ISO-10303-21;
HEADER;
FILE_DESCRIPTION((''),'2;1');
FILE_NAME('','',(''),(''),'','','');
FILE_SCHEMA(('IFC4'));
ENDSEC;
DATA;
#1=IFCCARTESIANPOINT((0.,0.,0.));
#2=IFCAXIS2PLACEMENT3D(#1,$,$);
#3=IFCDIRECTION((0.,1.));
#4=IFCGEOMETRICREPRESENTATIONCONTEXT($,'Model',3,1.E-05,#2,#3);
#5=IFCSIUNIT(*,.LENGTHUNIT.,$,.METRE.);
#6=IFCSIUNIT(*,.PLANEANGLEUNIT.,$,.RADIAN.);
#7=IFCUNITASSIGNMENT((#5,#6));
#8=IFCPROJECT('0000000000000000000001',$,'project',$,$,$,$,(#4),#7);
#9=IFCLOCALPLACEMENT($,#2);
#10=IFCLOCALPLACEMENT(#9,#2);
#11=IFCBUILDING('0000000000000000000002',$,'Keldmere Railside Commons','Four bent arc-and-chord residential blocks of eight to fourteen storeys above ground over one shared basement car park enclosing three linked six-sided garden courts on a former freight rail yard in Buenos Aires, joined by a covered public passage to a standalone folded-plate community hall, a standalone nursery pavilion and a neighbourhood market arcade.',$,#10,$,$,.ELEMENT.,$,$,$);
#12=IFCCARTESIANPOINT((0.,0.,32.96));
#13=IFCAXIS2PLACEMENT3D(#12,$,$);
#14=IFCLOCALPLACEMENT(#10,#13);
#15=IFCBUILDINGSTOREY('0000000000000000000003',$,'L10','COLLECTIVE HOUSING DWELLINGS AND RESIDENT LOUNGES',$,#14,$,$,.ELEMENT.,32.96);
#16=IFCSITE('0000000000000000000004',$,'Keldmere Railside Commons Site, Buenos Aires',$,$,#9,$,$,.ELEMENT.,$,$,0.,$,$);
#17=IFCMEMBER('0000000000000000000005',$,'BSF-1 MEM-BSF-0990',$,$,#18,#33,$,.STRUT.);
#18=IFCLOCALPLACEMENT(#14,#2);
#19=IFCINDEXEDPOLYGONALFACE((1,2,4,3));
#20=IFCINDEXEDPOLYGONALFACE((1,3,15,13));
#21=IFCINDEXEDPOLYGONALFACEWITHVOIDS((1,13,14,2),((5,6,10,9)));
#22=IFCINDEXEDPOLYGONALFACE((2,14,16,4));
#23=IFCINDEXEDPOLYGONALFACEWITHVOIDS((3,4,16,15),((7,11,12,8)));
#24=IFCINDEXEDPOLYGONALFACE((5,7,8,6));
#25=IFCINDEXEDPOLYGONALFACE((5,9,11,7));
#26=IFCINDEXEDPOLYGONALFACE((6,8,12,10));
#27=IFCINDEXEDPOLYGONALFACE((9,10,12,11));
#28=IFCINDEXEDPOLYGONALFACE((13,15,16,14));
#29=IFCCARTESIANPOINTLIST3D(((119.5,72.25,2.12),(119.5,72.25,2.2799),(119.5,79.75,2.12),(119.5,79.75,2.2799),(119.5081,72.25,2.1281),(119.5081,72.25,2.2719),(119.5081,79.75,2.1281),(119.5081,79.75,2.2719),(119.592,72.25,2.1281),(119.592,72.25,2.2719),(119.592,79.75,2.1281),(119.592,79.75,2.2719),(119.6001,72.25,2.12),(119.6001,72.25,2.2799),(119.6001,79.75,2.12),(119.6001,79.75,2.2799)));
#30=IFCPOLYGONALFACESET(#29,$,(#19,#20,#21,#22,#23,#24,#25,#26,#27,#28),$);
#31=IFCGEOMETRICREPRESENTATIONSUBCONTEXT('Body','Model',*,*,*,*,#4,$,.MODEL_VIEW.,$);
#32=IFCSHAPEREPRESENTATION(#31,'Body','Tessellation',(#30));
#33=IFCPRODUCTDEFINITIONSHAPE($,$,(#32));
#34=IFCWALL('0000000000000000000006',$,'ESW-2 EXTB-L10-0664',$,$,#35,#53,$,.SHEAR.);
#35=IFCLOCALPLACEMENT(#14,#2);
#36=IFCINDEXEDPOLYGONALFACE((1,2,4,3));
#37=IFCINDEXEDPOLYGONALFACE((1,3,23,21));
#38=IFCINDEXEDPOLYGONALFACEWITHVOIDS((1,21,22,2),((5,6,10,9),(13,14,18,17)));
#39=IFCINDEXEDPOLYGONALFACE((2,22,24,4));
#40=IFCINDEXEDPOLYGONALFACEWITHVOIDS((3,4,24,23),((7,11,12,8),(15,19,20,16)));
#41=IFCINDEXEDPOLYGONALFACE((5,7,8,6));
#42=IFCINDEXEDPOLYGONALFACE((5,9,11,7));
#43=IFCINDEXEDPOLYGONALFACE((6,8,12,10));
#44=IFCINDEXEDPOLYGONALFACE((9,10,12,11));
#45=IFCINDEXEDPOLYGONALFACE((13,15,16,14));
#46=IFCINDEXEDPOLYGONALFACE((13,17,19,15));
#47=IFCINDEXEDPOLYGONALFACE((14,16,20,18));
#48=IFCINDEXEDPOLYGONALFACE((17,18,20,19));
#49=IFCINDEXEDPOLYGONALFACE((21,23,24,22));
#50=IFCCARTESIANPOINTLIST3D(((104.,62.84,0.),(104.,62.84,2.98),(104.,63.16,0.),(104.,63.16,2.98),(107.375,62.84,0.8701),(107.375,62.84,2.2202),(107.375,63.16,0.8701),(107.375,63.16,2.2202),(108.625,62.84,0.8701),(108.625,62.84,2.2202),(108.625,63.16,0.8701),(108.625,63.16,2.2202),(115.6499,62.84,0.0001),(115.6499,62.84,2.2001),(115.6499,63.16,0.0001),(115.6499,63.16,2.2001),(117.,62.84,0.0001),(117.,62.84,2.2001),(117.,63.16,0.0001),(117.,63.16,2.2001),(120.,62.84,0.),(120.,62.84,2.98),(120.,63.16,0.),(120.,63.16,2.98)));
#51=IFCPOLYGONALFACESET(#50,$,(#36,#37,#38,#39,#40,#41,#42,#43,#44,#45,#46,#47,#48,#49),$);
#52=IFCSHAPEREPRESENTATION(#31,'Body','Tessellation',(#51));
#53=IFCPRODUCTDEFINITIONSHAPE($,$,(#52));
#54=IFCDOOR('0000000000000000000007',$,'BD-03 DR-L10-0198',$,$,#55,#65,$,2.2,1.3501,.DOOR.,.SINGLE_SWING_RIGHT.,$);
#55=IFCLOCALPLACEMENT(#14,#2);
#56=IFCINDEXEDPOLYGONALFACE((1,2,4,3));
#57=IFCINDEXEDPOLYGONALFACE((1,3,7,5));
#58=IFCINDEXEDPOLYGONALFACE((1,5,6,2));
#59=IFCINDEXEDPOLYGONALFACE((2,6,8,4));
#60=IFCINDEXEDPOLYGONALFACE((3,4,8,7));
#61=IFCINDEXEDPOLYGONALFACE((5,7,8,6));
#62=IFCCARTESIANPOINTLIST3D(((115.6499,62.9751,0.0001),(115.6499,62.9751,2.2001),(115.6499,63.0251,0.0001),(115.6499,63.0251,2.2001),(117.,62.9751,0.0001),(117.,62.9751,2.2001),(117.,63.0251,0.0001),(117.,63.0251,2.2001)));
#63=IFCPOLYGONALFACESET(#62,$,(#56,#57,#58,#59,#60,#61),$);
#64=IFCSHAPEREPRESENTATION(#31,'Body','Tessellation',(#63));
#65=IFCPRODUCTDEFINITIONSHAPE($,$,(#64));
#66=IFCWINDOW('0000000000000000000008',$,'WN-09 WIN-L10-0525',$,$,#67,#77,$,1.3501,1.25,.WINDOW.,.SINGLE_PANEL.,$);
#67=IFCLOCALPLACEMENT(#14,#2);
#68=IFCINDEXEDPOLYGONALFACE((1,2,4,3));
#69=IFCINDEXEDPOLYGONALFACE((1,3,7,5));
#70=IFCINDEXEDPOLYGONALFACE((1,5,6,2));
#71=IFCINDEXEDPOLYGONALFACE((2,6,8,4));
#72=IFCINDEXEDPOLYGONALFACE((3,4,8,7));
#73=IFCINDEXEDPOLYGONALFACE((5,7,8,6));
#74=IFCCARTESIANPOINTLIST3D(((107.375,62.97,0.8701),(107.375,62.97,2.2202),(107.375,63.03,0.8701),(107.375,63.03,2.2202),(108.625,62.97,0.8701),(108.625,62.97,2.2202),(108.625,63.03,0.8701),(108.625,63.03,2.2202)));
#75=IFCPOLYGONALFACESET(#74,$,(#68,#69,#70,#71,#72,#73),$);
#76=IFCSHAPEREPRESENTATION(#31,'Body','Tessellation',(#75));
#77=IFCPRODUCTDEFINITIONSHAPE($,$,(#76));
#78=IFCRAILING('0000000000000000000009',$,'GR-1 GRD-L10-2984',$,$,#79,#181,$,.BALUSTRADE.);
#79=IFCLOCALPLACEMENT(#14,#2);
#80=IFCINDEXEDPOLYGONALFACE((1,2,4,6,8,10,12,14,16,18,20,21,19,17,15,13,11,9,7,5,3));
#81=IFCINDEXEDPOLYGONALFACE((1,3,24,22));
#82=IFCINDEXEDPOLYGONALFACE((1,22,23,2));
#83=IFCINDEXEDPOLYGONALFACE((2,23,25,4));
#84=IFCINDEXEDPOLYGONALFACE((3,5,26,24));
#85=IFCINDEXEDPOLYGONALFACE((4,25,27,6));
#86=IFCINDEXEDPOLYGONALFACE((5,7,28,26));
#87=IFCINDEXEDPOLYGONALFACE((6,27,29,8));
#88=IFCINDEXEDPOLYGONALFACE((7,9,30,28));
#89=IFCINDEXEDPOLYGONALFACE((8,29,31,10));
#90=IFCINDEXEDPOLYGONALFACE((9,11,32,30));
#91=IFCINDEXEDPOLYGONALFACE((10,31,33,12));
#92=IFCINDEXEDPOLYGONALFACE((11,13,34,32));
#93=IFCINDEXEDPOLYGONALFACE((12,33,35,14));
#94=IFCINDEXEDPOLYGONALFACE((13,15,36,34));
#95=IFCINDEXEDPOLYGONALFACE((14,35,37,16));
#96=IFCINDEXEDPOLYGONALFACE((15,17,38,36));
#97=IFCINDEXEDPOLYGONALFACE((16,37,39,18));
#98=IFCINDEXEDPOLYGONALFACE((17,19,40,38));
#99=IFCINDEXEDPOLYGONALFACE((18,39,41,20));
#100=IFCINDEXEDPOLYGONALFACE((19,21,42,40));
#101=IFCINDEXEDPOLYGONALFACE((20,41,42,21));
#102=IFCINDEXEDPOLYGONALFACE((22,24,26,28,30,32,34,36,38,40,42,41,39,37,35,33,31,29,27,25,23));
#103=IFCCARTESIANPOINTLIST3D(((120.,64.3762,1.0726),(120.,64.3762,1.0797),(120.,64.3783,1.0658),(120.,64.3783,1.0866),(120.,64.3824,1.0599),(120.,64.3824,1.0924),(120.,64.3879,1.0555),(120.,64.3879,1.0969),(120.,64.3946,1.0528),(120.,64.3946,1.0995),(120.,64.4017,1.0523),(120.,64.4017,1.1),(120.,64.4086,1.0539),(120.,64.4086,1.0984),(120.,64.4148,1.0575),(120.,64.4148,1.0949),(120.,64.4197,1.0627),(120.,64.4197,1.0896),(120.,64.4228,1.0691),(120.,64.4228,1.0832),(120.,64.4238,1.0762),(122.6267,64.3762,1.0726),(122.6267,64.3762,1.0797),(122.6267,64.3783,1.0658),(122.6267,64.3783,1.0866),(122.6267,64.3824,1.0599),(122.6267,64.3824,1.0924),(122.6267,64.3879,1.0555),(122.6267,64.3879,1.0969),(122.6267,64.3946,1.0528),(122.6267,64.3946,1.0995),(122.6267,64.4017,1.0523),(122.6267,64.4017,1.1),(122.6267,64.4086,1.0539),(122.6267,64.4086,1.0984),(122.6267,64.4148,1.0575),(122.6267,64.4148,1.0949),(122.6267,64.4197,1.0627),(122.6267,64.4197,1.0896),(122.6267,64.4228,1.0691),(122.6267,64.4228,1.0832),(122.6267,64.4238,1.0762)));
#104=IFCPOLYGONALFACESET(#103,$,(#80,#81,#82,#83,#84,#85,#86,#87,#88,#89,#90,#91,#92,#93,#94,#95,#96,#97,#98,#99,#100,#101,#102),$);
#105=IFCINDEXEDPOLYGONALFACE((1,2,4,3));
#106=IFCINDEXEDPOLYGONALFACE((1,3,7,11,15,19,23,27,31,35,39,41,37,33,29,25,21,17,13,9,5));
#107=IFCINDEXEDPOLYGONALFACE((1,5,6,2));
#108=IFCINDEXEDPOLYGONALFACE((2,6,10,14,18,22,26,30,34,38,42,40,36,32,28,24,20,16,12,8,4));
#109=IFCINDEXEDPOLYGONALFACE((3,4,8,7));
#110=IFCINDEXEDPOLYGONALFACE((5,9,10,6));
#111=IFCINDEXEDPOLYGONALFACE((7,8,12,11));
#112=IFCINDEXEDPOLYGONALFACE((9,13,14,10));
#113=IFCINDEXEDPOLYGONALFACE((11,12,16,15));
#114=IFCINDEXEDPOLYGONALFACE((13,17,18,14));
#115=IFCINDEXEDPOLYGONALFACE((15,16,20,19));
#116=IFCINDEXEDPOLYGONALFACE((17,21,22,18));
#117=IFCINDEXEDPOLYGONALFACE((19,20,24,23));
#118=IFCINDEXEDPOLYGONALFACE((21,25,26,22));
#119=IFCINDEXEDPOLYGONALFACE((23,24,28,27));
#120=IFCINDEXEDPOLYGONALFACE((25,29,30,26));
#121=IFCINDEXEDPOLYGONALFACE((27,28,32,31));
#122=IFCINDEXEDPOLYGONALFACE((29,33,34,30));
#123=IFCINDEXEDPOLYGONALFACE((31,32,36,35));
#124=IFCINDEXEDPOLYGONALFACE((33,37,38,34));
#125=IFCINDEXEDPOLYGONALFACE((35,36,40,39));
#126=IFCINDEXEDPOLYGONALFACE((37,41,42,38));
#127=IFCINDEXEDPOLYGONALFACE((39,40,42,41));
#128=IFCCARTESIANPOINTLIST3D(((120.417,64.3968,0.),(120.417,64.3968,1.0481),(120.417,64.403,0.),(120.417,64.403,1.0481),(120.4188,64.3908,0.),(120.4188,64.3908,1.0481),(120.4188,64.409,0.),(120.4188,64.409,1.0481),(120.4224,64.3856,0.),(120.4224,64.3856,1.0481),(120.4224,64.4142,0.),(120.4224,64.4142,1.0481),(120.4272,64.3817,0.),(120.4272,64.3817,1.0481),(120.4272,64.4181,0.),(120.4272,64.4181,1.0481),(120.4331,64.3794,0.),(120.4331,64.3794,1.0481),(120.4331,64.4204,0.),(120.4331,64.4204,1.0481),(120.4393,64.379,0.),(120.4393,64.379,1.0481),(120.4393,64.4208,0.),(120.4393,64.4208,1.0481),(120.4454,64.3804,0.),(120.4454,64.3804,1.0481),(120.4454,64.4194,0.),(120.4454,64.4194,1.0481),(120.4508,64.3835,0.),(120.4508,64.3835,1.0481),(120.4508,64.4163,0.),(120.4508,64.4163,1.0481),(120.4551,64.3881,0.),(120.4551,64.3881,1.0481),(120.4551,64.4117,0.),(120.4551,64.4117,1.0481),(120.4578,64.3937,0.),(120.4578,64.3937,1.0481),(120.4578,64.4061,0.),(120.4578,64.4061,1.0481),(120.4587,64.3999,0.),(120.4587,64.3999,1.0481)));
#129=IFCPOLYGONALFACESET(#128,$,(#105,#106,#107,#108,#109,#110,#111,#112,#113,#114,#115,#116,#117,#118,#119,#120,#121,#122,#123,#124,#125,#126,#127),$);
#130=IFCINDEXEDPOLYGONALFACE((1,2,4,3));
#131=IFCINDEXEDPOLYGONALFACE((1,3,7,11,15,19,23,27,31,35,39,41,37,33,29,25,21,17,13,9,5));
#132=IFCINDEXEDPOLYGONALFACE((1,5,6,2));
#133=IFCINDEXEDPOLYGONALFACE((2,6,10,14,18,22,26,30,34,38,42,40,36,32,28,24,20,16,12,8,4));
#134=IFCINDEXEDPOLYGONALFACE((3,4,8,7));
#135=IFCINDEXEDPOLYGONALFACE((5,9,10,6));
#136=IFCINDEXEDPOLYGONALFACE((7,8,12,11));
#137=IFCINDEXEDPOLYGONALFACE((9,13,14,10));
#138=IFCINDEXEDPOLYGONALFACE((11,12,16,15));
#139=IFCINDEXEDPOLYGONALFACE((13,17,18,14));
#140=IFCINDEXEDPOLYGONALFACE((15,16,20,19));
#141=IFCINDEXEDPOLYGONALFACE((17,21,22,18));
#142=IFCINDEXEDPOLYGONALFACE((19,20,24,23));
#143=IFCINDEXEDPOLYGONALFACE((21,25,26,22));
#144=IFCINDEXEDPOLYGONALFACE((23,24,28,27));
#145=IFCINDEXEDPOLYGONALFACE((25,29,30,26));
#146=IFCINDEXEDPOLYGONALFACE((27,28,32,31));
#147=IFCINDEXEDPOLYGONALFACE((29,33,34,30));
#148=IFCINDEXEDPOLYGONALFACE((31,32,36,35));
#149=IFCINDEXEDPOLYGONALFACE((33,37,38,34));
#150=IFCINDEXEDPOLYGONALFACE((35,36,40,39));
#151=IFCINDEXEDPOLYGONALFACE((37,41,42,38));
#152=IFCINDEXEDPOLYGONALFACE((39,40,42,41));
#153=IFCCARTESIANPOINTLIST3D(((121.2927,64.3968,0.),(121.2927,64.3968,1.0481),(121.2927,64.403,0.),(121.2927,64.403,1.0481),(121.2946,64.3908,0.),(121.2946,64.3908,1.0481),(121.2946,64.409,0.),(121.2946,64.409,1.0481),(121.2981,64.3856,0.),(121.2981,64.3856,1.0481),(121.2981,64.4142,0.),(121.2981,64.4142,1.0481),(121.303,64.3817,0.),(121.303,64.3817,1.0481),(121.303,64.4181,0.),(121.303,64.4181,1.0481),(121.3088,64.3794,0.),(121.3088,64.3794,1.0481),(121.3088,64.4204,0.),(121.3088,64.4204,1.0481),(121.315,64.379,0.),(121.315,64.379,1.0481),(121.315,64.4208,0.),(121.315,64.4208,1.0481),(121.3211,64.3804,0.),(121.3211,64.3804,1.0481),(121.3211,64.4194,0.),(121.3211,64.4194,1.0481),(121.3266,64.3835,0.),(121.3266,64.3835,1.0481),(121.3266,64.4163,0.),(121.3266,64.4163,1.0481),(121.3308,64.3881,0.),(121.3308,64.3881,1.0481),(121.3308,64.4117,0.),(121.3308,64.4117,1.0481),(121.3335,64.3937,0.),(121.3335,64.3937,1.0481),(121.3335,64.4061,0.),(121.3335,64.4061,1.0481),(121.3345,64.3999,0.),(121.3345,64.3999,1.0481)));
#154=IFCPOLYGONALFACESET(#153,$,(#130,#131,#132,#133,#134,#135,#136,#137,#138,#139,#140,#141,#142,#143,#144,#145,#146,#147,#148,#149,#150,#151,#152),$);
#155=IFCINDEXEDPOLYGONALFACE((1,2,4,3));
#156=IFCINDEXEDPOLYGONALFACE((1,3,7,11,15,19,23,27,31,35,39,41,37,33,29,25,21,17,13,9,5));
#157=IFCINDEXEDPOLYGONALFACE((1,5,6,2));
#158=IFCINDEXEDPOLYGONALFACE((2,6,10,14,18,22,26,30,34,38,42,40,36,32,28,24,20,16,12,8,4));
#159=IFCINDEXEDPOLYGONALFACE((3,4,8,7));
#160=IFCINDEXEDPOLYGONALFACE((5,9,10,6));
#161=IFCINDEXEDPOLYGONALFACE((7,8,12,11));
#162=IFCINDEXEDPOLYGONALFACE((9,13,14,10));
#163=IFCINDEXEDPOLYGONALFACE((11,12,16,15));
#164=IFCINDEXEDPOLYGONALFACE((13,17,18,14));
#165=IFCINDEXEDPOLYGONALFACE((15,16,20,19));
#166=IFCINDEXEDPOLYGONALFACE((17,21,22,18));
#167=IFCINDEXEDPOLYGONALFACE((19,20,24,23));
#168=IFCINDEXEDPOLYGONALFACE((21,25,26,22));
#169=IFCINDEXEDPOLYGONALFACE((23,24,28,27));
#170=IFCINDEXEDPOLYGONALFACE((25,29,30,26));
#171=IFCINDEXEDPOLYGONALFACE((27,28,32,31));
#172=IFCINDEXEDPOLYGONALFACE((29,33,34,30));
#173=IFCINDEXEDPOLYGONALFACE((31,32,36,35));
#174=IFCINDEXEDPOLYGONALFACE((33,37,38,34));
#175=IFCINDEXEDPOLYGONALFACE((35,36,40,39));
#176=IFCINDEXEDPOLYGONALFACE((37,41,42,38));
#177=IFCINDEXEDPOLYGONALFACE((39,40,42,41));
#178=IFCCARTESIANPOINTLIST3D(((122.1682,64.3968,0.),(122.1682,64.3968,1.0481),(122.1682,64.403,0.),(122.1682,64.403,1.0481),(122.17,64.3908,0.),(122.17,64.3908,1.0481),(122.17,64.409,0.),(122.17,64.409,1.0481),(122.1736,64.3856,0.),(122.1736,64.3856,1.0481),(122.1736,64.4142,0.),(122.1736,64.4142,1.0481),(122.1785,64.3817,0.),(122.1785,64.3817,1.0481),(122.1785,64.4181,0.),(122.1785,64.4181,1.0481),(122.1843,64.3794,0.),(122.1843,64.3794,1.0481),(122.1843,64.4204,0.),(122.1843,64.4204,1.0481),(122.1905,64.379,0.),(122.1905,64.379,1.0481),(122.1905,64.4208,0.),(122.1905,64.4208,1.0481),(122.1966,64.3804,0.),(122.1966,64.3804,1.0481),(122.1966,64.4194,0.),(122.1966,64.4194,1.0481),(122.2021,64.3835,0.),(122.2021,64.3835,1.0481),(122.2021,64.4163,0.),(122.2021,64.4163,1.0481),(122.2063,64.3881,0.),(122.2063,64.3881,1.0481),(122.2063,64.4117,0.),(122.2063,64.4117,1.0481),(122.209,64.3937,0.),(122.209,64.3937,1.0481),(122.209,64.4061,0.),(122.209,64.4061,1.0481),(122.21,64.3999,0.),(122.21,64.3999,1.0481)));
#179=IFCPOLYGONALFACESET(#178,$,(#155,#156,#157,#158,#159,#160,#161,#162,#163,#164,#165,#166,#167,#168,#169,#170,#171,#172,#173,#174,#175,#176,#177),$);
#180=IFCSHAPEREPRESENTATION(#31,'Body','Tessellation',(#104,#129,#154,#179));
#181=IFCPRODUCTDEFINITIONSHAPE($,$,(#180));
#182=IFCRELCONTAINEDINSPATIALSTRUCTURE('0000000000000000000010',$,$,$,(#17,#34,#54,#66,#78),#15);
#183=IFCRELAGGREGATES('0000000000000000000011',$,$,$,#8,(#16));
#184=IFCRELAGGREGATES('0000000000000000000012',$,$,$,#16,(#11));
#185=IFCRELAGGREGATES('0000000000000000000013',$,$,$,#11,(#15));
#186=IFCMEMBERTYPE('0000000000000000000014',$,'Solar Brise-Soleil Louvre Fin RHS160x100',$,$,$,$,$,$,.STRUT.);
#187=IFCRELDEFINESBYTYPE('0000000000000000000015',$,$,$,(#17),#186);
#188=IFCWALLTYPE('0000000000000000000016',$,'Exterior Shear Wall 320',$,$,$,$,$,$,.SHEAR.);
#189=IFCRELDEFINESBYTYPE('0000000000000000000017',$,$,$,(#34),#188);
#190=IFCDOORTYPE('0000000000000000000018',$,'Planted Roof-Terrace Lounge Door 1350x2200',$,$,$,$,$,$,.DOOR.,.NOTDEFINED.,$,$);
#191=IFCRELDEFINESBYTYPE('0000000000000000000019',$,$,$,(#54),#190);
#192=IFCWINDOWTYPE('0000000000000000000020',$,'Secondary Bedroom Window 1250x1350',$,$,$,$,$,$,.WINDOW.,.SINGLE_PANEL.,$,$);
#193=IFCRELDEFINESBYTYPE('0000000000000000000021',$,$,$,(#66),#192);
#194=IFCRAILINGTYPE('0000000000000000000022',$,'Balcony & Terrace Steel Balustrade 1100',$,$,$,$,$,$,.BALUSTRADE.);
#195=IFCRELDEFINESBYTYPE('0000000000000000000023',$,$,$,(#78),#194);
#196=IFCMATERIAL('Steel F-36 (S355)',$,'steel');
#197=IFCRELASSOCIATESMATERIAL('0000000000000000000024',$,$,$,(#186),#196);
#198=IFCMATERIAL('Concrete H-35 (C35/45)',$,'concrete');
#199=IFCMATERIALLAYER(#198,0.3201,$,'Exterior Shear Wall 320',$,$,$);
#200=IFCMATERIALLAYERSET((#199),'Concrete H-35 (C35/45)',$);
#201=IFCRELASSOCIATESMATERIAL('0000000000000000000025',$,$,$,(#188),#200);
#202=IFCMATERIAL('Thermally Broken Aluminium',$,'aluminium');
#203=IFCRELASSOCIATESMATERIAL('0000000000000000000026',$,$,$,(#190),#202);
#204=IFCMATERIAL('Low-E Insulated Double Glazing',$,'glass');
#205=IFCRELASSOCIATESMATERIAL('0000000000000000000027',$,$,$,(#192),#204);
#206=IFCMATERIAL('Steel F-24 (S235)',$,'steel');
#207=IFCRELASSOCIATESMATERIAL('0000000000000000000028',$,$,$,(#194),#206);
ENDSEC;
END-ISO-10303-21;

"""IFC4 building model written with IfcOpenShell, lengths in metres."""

from ifc_helpers import new_model, si_unit, direction, frame, frame_2d, origin, origin_2d, place, context, subcontext, project, spatial, rectangle, hollow_rectangle, circle, extrude, material, layer, layer_set, material_profile, profile_set, type_object, element, fill, save


model = new_model("IFC4")

# Units and contexts
model_context = context("Model", 3, precision=1e-05, world=origin(), true_north=direction((0.0, 1.0)))
body_context = subcontext(model_context, "Body", "Model", "MODEL_VIEW")
ifc_project = project(units=[si_unit("LENGTHUNIT", "METRE"), si_unit("PLANEANGLEUNIT", "RADIAN")], contexts=[model_context])

# Site, building, storey
site_placement = place(None, origin())
site = spatial("IfcSite", under=ifc_project, at=site_placement, Name="Keldmere Railside Commons Site, Buenos Aires", CompositionType="ELEMENT", RefElevation=0.0)
building_placement = place(site_placement, origin())
building = spatial("IfcBuilding", under=site, at=building_placement, Name="Keldmere Railside Commons", Description="Four bent arc-and-chord residential blocks of eight to fourteen storeys above ground over one shared basement car park enclosing three linked six-sided garden courts on a former freight rail yard in Buenos Aires, joined by a covered public passage to a standalone folded-plate community hall, a standalone nursery pavilion and a neighbourhood market arcade.", CompositionType="ELEMENT")
storey_placement = place(building_placement, frame((0.0, 0.0, 32.96)))
storey = spatial("IfcBuildingStorey", under=building, at=storey_placement, Name="L10", Description="COLLECTIVE HOUSING DWELLINGS AND RESIDENT LOUNGES", CompositionType="ELEMENT", Elevation=32.96)

# Member
ifc_material_1 = material(Name="Steel F-36 (S355)", Category="steel")
ifc_material_profile = material_profile(ifc_material_1, hollow_rectangle(XDim=0.1001, YDim=0.1599, WallThickness=0.0081, at=origin_2d()), Name="RHS-160x100x8")
ifc_profile_set = profile_set([ifc_material_profile], Name="Steel F-36 (S355)")
member_type = type_object("IfcMemberType", Name="Solar Brise-Soleil Louvre Fin RHS160x100", PredefinedType="STRUT", material=ifc_profile_set)
member_placement = place(storey_placement, frame((119.55, 72.25, 2.2), z_axis=(0.0, 1.0, 0.0), x_axis=(-1.0, 0.0, 0.0)))
element("IfcMember", 1, at=member_placement, inside=storey, type_object=member_type, Name="BSF-1 MEM-BSF-0990", PredefinedType="STRUT", context=body_context, shape_type="SweptSolid", body=[
    extrude(hollow_rectangle(XDim=0.1001, YDim=0.1599, WallThickness=0.0081, at=origin_2d()), origin(), (0.0, 0.0, 1.0), 7.5),
])

# Wall, openings, door, window
ifc_material_2 = material(Name="Concrete H-35 (C35/45)", Category="concrete")
ifc_layer = layer(ifc_material_2, 0.3201, Name="Exterior Shear Wall 320")
ifc_layer_set = layer_set([ifc_layer], Name="Concrete H-35 (C35/45)")
wall_type = type_object("IfcWallType", Name="Exterior Shear Wall 320", PredefinedType="SHEAR", material=ifc_layer_set)
wall_placement = place(storey_placement, frame((120.0, 63.0, 0.0), z_axis=(0.0, 0.0, 1.0), x_axis=(-1.0, 0.0, 0.0)))
wall = element("IfcWall", 2, at=wall_placement, inside=storey, type_object=wall_type, Name="ESW-2 EXTB-L10-0664", PredefinedType="SHEAR", context=body_context, shape_type="SweptSolid", body=[
    extrude(rectangle(XDim=16.0, YDim=0.3201, at=frame_2d((8.0, 0.0))), origin(), (0.0, 0.0, 1.0), 2.98),
])
opening_1_placement = place(wall_placement, frame((3.0, 0.0, 0.0)))
opening_1 = element("IfcOpeningElement", 3, at=opening_1_placement, cuts=wall, PredefinedType="OPENING", context=body_context, shape_type="SweptSolid", body=[
    extrude(rectangle(XDim=1.3501, YDim=2.2, at=frame_2d((0.675, 1.1001))), frame((0.0, 0.1699, 0.0), z_axis=(0.0, -1.0, 0.0), x_axis=(1.0, 0.0, 0.0)), (0.0, 0.0, 1.0), 0.3401),
])
opening_2_placement = place(wall_placement, frame((11.375, 0.0, 0.8701)))
opening_2 = element("IfcOpeningElement", 4, at=opening_2_placement, cuts=wall, PredefinedType="OPENING", context=body_context, shape_type="SweptSolid", body=[
    extrude(rectangle(XDim=1.25, YDim=1.3501, at=frame_2d((0.625, 0.675))), frame((0.0, 0.1699, 0.0), z_axis=(0.0, -1.0, 0.0), x_axis=(1.0, 0.0, 0.0)), (0.0, 0.0, 1.0), 0.3401),
])
ifc_material_3 = material(Name="Thermally Broken Aluminium", Category="aluminium")
door_type = type_object("IfcDoorType", Name="Planted Roof-Terrace Lounge Door 1350x2200", OperationType="NOTDEFINED", PredefinedType="DOOR", material=ifc_material_3)
door_placement = place(opening_1_placement, origin())
door = element("IfcDoor", 5, at=door_placement, inside=storey, type_object=door_type, Name="BD-03 DR-L10-0198", OperationType="SINGLE_SWING_RIGHT", OverallHeight=2.2, OverallWidth=1.3501, PredefinedType="DOOR", context=body_context, shape_type="SweptSolid", body=[
    extrude(rectangle(XDim=1.3501, YDim=2.2, at=frame_2d((0.675, 1.1001))), frame((0.0, 0.0249, 0.0), z_axis=(0.0, -1.0, 0.0), x_axis=(1.0, 0.0, 0.0)), (0.0, 0.0, 1.0), 0.05),
])
fill(opening_1, door)
ifc_material_4 = material(Name="Low-E Insulated Double Glazing", Category="glass")
window_type = type_object("IfcWindowType", Name="Secondary Bedroom Window 1250x1350", PartitioningType="SINGLE_PANEL", PredefinedType="WINDOW", material=ifc_material_4)
window_placement = place(opening_2_placement, origin())
window = element("IfcWindow", 6, at=window_placement, inside=storey, type_object=window_type, Name="WN-09 WIN-L10-0525", OverallHeight=1.3501, OverallWidth=1.25, PartitioningType="SINGLE_PANEL", PredefinedType="WINDOW", context=body_context, shape_type="SweptSolid", body=[
    extrude(rectangle(XDim=1.25, YDim=1.3501, at=frame_2d((0.625, 0.675))), frame((0.0, 0.03, 0.0), z_axis=(0.0, -1.0, 0.0), x_axis=(1.0, 0.0, 0.0)), (0.0, 0.0, 1.0), 0.0601),
])
fill(opening_2, window)

# Railing
ifc_material_5 = material(Name="Steel F-24 (S235)", Category="steel")
railing_type = type_object("IfcRailingType", Name="Balcony & Terrace Steel Balustrade 1100", PredefinedType="BALUSTRADE", material=ifc_material_5)
railing_1_placement = place(storey_placement, frame((120.0, 64.3999, 0.0)))
element("IfcRailing", 7, at=railing_1_placement, inside=storey, type_object=railing_type, Name="GR-1 GRD-L10-2984", PredefinedType="BALUSTRADE", context=body_context, shape_type="SweptSolid", body=[
    extrude(circle(Radius=0.0239, at=origin_2d()), frame((0.0, 0.0, 1.0762), z_axis=(1.0, 0.0, 0.0), x_axis=(0.0, 1.0, 0.0)), (0.0, 0.0, 1.0), 2.6267),
    extrude(circle(Radius=0.021, at=origin_2d()), frame((0.4377, 0.0, 0.0)), (0.0, 0.0, 1.0), 1.0481),
    extrude(circle(Radius=0.021, at=origin_2d()), frame((1.3135, 0.0, 0.0)), (0.0, 0.0, 1.0), 1.0481),
    extrude(circle(Radius=0.021, at=origin_2d()), frame((2.189, 0.0, 0.0)), (0.0, 0.0, 1.0), 1.0481),
])

save(model, "model.ifc")
